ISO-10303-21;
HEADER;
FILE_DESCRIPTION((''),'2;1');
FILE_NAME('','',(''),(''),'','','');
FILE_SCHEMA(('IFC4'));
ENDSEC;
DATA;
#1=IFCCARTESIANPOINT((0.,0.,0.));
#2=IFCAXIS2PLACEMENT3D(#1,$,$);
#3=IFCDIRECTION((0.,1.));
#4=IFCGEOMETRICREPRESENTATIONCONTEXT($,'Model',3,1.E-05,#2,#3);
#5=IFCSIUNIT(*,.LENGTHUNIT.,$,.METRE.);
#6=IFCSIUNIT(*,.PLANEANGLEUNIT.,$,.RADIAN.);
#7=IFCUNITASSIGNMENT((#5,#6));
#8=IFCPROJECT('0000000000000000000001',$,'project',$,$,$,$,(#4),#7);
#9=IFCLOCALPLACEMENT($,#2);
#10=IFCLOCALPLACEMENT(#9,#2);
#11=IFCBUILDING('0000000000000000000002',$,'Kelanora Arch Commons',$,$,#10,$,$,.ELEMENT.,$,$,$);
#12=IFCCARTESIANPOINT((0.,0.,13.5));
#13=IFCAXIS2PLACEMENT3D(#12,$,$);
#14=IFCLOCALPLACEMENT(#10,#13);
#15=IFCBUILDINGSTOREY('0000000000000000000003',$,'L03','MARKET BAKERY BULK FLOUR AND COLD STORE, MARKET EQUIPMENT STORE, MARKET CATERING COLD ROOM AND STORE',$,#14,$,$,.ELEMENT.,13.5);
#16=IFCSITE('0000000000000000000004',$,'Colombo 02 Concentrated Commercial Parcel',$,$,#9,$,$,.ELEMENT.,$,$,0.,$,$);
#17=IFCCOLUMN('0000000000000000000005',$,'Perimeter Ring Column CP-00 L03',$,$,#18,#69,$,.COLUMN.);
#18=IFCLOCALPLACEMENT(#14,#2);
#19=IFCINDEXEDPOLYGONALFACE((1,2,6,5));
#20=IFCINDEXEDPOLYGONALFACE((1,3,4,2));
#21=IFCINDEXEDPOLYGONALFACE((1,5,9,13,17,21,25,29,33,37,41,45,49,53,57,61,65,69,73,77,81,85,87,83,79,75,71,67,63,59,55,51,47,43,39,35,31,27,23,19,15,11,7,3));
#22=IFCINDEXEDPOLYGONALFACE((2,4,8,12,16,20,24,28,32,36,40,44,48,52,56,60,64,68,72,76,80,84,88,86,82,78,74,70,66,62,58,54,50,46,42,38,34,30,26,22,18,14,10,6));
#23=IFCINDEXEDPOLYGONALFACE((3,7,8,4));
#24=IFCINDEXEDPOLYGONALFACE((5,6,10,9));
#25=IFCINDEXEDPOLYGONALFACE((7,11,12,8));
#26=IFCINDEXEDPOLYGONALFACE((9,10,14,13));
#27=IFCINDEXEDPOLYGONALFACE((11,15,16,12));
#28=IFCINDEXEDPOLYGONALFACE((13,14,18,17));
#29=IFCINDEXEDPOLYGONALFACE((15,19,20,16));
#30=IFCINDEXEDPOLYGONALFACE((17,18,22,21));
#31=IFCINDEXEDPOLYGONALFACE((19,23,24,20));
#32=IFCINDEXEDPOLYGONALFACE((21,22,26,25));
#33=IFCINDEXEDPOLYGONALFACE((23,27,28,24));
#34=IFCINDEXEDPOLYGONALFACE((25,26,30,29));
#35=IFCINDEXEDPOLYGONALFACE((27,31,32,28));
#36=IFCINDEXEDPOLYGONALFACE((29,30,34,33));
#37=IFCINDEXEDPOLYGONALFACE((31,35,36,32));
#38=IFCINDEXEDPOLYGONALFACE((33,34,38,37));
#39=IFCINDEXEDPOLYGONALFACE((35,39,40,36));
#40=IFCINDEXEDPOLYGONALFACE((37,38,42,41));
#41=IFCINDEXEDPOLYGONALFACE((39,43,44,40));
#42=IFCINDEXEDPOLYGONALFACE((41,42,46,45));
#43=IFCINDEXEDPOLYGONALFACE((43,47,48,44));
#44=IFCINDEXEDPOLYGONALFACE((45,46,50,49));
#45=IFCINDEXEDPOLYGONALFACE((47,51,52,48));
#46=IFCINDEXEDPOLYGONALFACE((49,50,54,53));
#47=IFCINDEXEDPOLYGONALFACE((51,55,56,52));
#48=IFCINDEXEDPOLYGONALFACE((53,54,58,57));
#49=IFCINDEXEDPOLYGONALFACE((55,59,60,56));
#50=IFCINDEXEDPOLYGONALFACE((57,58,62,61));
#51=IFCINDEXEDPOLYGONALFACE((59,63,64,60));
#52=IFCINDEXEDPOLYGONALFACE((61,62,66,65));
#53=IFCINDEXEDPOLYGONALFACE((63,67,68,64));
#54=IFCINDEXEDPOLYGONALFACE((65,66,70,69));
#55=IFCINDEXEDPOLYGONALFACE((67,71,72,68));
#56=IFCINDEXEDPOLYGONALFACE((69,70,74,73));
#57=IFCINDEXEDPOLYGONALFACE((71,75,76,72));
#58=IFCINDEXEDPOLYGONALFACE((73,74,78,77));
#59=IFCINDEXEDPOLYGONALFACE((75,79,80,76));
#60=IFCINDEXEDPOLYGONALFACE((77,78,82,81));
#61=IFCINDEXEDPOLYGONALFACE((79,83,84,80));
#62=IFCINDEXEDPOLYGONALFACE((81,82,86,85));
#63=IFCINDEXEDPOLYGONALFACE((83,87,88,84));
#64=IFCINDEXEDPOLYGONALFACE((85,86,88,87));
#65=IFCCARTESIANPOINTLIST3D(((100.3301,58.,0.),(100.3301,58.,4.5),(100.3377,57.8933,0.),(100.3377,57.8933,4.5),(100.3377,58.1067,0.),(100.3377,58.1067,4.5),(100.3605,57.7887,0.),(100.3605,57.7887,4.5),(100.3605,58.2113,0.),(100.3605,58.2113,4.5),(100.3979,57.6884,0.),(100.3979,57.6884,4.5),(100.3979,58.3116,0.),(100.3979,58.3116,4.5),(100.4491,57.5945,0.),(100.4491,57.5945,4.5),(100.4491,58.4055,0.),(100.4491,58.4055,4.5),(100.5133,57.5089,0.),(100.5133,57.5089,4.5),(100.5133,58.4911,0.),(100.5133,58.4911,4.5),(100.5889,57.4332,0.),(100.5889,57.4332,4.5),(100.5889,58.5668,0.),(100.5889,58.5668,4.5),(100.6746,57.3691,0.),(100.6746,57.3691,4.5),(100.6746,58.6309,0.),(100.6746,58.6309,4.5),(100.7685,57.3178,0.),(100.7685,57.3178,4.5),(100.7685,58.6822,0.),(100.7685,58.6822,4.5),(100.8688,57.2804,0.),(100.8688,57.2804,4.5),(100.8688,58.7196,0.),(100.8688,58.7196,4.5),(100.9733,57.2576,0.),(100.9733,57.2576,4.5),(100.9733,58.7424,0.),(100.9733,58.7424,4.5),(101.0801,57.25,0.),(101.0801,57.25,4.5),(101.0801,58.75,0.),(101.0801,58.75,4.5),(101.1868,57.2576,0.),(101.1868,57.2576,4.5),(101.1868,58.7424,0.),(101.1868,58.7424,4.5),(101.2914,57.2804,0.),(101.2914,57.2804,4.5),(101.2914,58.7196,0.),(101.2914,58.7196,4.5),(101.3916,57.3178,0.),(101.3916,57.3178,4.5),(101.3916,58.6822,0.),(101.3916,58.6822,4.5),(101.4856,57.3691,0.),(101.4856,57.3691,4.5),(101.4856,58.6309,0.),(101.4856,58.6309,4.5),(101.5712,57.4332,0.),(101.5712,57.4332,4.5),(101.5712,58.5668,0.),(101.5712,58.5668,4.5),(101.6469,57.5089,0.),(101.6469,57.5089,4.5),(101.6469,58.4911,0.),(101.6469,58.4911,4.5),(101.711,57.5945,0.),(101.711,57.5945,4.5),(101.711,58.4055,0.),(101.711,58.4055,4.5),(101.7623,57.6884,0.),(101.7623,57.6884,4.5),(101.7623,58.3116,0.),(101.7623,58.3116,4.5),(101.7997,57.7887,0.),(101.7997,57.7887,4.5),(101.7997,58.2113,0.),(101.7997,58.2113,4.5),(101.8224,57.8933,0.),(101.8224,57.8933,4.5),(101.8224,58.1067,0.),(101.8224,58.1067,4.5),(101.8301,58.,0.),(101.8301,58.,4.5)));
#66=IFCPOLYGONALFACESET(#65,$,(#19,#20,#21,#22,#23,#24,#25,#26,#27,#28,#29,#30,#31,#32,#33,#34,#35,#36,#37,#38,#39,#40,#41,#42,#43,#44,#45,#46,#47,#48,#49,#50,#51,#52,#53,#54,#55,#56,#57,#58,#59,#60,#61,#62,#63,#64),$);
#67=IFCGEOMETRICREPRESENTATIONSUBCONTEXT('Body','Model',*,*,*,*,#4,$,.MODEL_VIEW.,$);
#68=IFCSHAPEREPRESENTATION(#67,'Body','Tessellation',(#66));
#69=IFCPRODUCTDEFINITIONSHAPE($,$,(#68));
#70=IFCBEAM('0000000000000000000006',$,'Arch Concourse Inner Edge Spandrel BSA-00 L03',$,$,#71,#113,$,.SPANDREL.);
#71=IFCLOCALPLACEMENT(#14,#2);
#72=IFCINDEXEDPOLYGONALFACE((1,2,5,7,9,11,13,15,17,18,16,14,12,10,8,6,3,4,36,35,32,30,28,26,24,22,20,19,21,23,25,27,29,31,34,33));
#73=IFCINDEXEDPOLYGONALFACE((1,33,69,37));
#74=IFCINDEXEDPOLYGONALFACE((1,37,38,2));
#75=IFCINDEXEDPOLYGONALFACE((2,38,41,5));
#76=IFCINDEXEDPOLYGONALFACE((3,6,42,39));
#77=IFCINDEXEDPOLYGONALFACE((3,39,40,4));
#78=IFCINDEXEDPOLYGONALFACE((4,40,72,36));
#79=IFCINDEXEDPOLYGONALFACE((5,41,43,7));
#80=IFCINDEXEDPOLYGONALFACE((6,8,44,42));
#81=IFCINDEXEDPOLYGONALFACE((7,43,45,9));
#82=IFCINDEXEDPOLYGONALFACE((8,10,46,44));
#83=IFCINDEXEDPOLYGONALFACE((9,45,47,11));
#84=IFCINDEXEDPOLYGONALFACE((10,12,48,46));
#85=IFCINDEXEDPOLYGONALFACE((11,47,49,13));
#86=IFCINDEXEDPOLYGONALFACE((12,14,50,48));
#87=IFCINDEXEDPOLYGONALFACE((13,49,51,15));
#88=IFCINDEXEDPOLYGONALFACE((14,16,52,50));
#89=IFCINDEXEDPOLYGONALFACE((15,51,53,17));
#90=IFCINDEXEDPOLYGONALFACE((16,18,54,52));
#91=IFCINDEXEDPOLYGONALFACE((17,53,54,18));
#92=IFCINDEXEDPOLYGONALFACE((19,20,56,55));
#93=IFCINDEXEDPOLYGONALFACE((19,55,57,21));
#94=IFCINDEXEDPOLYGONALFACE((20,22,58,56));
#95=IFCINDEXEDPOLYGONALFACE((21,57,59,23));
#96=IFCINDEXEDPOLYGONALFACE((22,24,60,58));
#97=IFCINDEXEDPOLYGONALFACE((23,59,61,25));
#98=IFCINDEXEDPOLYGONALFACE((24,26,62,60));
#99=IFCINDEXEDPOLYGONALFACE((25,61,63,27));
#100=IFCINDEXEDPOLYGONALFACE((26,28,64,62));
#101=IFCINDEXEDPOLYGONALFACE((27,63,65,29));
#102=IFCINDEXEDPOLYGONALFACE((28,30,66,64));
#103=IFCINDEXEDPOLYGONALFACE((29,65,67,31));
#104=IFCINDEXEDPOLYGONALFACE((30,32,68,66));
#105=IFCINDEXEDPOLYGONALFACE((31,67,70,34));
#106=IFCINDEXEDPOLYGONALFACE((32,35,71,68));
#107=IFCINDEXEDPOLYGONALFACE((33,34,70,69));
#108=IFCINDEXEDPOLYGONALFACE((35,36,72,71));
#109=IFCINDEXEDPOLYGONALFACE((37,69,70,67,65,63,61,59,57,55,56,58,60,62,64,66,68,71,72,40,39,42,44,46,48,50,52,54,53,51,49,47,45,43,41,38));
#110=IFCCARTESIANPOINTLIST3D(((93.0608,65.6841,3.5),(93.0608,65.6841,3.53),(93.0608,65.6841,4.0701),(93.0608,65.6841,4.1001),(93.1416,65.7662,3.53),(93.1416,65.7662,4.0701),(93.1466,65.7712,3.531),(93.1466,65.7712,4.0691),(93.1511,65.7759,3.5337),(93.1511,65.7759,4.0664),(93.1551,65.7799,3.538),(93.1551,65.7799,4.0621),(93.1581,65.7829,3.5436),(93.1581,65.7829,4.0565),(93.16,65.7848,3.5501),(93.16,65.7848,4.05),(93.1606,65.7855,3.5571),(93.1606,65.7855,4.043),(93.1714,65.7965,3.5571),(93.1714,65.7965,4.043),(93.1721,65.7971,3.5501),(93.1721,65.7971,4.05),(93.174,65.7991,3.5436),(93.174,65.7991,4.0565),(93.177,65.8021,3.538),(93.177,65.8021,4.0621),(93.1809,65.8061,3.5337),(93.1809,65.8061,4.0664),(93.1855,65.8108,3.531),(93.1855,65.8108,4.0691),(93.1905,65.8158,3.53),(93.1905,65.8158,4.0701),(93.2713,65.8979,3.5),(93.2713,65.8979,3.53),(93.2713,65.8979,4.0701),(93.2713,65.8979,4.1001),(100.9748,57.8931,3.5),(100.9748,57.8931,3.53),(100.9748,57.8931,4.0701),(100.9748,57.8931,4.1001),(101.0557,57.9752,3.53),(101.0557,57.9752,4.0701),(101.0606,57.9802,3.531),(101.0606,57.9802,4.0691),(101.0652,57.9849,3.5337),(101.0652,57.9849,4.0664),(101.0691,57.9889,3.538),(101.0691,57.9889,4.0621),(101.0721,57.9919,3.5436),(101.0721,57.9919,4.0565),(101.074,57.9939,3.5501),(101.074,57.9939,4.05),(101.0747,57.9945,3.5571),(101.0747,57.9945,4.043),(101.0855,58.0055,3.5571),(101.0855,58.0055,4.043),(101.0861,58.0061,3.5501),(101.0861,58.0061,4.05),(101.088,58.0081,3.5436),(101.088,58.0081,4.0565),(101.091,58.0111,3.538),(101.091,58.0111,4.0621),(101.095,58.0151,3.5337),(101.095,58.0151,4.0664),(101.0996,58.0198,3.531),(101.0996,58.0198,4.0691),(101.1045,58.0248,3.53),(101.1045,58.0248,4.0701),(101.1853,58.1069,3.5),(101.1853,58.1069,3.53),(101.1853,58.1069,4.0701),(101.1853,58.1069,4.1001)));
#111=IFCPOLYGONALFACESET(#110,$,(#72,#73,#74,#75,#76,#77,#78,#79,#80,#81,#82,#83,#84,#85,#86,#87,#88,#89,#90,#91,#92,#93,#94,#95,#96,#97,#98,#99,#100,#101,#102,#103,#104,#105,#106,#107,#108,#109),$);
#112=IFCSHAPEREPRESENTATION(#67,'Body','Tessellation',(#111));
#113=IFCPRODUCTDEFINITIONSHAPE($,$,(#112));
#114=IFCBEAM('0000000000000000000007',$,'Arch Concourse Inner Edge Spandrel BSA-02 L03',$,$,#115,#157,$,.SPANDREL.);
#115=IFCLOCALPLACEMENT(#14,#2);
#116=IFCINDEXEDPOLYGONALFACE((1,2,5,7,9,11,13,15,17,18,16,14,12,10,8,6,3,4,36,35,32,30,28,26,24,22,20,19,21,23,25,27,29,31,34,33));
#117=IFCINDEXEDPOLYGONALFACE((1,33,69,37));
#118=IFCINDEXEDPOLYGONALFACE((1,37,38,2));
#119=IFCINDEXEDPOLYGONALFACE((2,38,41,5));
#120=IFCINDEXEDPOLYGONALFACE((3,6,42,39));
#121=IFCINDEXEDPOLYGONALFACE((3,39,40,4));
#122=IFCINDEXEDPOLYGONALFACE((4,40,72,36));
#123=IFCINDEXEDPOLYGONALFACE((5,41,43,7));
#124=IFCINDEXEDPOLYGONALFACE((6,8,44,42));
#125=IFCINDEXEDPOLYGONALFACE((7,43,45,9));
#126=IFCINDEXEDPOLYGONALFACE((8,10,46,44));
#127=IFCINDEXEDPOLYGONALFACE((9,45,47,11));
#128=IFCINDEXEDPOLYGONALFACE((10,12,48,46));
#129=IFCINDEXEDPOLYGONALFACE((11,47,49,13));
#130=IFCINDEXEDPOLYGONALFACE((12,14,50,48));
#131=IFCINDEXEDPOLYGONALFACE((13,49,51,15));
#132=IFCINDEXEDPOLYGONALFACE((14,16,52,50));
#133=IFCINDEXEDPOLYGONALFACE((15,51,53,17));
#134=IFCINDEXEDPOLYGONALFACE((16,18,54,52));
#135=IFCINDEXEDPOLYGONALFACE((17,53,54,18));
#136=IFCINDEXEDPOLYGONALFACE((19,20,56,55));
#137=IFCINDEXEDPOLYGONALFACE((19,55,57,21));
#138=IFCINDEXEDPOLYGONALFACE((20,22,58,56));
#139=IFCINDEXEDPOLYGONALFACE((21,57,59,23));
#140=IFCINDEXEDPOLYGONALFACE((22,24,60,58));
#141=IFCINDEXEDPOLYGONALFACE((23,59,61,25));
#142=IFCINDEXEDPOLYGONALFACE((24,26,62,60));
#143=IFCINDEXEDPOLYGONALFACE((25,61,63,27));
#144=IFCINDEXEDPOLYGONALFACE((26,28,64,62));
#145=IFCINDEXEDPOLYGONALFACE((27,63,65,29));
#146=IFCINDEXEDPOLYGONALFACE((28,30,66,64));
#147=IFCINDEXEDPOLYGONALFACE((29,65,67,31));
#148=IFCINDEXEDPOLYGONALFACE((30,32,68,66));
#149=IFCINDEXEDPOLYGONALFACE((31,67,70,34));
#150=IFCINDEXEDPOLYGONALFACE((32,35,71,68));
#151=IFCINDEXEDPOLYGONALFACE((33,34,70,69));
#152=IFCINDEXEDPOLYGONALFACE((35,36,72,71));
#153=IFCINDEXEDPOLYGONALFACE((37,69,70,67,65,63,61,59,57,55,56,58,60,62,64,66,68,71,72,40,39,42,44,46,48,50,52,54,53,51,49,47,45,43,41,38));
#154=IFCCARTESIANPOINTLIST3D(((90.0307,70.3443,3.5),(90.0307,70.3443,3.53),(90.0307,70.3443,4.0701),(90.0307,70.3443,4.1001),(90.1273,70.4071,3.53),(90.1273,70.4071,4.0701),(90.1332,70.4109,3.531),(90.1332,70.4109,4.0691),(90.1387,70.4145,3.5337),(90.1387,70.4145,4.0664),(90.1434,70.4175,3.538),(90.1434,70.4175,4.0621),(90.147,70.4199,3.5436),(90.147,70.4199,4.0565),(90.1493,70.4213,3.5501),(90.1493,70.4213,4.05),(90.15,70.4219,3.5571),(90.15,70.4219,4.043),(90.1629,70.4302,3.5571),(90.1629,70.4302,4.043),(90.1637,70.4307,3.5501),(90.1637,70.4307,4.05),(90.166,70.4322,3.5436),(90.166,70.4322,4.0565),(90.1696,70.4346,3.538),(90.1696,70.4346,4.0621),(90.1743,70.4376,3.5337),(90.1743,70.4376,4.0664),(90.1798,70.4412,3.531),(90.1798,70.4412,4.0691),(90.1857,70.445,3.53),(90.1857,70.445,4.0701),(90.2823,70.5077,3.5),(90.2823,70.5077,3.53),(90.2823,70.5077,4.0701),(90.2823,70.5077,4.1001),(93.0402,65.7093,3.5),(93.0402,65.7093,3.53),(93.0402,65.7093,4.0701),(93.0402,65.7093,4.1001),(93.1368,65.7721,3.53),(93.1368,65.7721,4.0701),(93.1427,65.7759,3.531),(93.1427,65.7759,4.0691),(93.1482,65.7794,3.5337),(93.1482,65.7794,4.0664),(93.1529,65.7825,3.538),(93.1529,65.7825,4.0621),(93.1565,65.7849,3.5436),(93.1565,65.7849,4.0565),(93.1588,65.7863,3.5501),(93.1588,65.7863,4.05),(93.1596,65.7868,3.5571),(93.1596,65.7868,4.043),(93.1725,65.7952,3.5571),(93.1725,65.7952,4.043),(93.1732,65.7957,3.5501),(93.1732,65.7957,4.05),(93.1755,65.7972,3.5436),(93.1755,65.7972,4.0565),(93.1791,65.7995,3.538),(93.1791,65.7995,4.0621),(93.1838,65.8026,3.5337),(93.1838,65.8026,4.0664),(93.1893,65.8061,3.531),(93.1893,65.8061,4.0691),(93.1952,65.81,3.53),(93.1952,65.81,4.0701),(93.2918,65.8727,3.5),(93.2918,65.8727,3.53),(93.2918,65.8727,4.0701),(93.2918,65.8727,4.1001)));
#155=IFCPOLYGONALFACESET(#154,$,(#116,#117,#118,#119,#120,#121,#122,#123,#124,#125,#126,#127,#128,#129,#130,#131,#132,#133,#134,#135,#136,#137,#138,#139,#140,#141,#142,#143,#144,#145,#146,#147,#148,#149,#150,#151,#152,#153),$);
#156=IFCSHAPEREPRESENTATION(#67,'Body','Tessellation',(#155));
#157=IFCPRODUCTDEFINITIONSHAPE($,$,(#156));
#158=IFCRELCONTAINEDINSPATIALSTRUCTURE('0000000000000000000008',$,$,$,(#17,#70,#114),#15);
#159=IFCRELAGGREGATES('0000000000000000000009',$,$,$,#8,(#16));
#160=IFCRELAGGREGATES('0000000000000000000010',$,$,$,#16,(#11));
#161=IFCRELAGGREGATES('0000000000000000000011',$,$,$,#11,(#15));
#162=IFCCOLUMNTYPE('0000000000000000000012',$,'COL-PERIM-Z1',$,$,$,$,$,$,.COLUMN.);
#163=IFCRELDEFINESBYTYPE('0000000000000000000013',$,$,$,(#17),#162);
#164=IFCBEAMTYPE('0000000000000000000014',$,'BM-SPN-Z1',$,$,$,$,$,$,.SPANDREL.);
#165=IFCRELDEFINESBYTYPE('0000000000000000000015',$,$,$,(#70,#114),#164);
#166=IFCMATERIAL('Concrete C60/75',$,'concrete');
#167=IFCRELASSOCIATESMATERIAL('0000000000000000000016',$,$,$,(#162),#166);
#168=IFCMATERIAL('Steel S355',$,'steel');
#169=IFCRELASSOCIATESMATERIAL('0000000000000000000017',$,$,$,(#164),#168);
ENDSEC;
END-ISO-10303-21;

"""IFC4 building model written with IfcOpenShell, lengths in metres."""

from ifc_helpers import new_model, si_unit, direction, frame, origin, origin_2d, place, context, subcontext, project, spatial, circle, i_section, extrude, material, material_profile, profile_set, type_object, element, save


model = new_model("IFC4")

# Units and contexts
model_context = context("Model", 3, precision=1e-05, world=origin(), true_north=direction((0.0, 1.0)))
body_context = subcontext(model_context, "Body", "Model", "MODEL_VIEW")
ifc_project = project(units=[si_unit("LENGTHUNIT", "METRE"), si_unit("PLANEANGLEUNIT", "RADIAN")], contexts=[model_context])

# Site, building, storey
site_placement = place(None, origin())
site = spatial("IfcSite", under=ifc_project, at=site_placement, Name="Colombo 02 Concentrated Commercial Parcel", CompositionType="ELEMENT", RefElevation=0.0)
building_placement = place(site_placement, origin())
building = spatial("IfcBuilding", under=site, at=building_placement, Name="Kelanora Arch Commons", CompositionType="ELEMENT")
storey_placement = place(building_placement, frame((0.0, 0.0, 13.5)))
storey = spatial("IfcBuildingStorey", under=building, at=storey_placement, Name="L03", Description="MARKET BAKERY BULK FLOUR AND COLD STORE, MARKET EQUIPMENT STORE, MARKET CATERING COLD ROOM AND STORE", CompositionType="ELEMENT", Elevation=13.5)

# Column
ifc_material_1 = material(Name="Concrete C60/75", Category="concrete")
ifc_material_profile_1 = material_profile(ifc_material_1, circle(Radius=0.75, at=origin_2d()), Name="RCC1500")
ifc_profile_set_1 = profile_set([ifc_material_profile_1], Name="Concrete C60/75")
column_type = type_object("IfcColumnType", Name="COL-PERIM-Z1", PredefinedType="COLUMN", material=ifc_profile_set_1)
column_placement = place(storey_placement, frame((101.0801, 58.0, 0.0), z_axis=(0.0, 0.0, 1.0), x_axis=(1.0, 0.0, 0.0)))
element("IfcColumn", 1, at=column_placement, inside=storey, type_object=column_type, Name="Perimeter Ring Column CP-00 L03", PredefinedType="COLUMN", context=body_context, shape_type="SweptSolid", body=[
    extrude(circle(Radius=0.75, at=origin_2d()), origin(), (0.0, 0.0, 1.0), 4.5),
])

# Beams
ifc_material_2 = material(Name="Steel S355", Category="steel")
ifc_material_profile_2 = material_profile(ifc_material_2, i_section(OverallWidth=0.3, OverallDepth=0.6001, WebThickness=0.0154, FlangeThickness=0.03, FilletRadius=0.0271, at=origin_2d()), Name="HEB600")
ifc_profile_set_2 = profile_set([ifc_material_profile_2], Name="Steel S355")
beam_type_1 = type_object("IfcBeamType", Name="BM-SPN-Z1", PredefinedType="SPANDREL", material=ifc_profile_set_2)
beam_1_placement = place(storey_placement, frame((101.0801, 58.0, 3.8), z_axis=(-0.712625, 0.701545, 0.0), x_axis=(-0.701545, -0.712625, 0.0)))
element("IfcBeam", 2, at=beam_1_placement, inside=storey, type_object=beam_type_1, Name="Arch Concourse Inner Edge Spandrel BSA-00 L03", PredefinedType="SPANDREL", context=body_context, shape_type="SweptSolid", body=[
    extrude(i_section(OverallWidth=0.3, OverallDepth=0.6001, WebThickness=0.0154, FlangeThickness=0.03, FilletRadius=0.0271, at=origin_2d()), origin(), (0.0, 0.0, 1.0), 11.1055),
])
beam_2_placement = place(storey_placement, frame((93.166, 65.791, 3.8), z_axis=(-0.544577, 0.838711, 0.0), x_axis=(-0.838711, -0.544577, 0.0)))
element("IfcBeam", 3, at=beam_2_placement, inside=storey, type_object=beam_type_1, Name="Arch Concourse Inner Edge Spandrel BSA-02 L03", PredefinedType="SPANDREL", context=body_context, shape_type="SweptSolid", body=[
    extrude(i_section(OverallWidth=0.3, OverallDepth=0.6001, WebThickness=0.0154, FlangeThickness=0.03, FilletRadius=0.0271, at=origin_2d()), origin(), (0.0, 0.0, 1.0), 5.5264),
])

save(model, "model.ifc")
